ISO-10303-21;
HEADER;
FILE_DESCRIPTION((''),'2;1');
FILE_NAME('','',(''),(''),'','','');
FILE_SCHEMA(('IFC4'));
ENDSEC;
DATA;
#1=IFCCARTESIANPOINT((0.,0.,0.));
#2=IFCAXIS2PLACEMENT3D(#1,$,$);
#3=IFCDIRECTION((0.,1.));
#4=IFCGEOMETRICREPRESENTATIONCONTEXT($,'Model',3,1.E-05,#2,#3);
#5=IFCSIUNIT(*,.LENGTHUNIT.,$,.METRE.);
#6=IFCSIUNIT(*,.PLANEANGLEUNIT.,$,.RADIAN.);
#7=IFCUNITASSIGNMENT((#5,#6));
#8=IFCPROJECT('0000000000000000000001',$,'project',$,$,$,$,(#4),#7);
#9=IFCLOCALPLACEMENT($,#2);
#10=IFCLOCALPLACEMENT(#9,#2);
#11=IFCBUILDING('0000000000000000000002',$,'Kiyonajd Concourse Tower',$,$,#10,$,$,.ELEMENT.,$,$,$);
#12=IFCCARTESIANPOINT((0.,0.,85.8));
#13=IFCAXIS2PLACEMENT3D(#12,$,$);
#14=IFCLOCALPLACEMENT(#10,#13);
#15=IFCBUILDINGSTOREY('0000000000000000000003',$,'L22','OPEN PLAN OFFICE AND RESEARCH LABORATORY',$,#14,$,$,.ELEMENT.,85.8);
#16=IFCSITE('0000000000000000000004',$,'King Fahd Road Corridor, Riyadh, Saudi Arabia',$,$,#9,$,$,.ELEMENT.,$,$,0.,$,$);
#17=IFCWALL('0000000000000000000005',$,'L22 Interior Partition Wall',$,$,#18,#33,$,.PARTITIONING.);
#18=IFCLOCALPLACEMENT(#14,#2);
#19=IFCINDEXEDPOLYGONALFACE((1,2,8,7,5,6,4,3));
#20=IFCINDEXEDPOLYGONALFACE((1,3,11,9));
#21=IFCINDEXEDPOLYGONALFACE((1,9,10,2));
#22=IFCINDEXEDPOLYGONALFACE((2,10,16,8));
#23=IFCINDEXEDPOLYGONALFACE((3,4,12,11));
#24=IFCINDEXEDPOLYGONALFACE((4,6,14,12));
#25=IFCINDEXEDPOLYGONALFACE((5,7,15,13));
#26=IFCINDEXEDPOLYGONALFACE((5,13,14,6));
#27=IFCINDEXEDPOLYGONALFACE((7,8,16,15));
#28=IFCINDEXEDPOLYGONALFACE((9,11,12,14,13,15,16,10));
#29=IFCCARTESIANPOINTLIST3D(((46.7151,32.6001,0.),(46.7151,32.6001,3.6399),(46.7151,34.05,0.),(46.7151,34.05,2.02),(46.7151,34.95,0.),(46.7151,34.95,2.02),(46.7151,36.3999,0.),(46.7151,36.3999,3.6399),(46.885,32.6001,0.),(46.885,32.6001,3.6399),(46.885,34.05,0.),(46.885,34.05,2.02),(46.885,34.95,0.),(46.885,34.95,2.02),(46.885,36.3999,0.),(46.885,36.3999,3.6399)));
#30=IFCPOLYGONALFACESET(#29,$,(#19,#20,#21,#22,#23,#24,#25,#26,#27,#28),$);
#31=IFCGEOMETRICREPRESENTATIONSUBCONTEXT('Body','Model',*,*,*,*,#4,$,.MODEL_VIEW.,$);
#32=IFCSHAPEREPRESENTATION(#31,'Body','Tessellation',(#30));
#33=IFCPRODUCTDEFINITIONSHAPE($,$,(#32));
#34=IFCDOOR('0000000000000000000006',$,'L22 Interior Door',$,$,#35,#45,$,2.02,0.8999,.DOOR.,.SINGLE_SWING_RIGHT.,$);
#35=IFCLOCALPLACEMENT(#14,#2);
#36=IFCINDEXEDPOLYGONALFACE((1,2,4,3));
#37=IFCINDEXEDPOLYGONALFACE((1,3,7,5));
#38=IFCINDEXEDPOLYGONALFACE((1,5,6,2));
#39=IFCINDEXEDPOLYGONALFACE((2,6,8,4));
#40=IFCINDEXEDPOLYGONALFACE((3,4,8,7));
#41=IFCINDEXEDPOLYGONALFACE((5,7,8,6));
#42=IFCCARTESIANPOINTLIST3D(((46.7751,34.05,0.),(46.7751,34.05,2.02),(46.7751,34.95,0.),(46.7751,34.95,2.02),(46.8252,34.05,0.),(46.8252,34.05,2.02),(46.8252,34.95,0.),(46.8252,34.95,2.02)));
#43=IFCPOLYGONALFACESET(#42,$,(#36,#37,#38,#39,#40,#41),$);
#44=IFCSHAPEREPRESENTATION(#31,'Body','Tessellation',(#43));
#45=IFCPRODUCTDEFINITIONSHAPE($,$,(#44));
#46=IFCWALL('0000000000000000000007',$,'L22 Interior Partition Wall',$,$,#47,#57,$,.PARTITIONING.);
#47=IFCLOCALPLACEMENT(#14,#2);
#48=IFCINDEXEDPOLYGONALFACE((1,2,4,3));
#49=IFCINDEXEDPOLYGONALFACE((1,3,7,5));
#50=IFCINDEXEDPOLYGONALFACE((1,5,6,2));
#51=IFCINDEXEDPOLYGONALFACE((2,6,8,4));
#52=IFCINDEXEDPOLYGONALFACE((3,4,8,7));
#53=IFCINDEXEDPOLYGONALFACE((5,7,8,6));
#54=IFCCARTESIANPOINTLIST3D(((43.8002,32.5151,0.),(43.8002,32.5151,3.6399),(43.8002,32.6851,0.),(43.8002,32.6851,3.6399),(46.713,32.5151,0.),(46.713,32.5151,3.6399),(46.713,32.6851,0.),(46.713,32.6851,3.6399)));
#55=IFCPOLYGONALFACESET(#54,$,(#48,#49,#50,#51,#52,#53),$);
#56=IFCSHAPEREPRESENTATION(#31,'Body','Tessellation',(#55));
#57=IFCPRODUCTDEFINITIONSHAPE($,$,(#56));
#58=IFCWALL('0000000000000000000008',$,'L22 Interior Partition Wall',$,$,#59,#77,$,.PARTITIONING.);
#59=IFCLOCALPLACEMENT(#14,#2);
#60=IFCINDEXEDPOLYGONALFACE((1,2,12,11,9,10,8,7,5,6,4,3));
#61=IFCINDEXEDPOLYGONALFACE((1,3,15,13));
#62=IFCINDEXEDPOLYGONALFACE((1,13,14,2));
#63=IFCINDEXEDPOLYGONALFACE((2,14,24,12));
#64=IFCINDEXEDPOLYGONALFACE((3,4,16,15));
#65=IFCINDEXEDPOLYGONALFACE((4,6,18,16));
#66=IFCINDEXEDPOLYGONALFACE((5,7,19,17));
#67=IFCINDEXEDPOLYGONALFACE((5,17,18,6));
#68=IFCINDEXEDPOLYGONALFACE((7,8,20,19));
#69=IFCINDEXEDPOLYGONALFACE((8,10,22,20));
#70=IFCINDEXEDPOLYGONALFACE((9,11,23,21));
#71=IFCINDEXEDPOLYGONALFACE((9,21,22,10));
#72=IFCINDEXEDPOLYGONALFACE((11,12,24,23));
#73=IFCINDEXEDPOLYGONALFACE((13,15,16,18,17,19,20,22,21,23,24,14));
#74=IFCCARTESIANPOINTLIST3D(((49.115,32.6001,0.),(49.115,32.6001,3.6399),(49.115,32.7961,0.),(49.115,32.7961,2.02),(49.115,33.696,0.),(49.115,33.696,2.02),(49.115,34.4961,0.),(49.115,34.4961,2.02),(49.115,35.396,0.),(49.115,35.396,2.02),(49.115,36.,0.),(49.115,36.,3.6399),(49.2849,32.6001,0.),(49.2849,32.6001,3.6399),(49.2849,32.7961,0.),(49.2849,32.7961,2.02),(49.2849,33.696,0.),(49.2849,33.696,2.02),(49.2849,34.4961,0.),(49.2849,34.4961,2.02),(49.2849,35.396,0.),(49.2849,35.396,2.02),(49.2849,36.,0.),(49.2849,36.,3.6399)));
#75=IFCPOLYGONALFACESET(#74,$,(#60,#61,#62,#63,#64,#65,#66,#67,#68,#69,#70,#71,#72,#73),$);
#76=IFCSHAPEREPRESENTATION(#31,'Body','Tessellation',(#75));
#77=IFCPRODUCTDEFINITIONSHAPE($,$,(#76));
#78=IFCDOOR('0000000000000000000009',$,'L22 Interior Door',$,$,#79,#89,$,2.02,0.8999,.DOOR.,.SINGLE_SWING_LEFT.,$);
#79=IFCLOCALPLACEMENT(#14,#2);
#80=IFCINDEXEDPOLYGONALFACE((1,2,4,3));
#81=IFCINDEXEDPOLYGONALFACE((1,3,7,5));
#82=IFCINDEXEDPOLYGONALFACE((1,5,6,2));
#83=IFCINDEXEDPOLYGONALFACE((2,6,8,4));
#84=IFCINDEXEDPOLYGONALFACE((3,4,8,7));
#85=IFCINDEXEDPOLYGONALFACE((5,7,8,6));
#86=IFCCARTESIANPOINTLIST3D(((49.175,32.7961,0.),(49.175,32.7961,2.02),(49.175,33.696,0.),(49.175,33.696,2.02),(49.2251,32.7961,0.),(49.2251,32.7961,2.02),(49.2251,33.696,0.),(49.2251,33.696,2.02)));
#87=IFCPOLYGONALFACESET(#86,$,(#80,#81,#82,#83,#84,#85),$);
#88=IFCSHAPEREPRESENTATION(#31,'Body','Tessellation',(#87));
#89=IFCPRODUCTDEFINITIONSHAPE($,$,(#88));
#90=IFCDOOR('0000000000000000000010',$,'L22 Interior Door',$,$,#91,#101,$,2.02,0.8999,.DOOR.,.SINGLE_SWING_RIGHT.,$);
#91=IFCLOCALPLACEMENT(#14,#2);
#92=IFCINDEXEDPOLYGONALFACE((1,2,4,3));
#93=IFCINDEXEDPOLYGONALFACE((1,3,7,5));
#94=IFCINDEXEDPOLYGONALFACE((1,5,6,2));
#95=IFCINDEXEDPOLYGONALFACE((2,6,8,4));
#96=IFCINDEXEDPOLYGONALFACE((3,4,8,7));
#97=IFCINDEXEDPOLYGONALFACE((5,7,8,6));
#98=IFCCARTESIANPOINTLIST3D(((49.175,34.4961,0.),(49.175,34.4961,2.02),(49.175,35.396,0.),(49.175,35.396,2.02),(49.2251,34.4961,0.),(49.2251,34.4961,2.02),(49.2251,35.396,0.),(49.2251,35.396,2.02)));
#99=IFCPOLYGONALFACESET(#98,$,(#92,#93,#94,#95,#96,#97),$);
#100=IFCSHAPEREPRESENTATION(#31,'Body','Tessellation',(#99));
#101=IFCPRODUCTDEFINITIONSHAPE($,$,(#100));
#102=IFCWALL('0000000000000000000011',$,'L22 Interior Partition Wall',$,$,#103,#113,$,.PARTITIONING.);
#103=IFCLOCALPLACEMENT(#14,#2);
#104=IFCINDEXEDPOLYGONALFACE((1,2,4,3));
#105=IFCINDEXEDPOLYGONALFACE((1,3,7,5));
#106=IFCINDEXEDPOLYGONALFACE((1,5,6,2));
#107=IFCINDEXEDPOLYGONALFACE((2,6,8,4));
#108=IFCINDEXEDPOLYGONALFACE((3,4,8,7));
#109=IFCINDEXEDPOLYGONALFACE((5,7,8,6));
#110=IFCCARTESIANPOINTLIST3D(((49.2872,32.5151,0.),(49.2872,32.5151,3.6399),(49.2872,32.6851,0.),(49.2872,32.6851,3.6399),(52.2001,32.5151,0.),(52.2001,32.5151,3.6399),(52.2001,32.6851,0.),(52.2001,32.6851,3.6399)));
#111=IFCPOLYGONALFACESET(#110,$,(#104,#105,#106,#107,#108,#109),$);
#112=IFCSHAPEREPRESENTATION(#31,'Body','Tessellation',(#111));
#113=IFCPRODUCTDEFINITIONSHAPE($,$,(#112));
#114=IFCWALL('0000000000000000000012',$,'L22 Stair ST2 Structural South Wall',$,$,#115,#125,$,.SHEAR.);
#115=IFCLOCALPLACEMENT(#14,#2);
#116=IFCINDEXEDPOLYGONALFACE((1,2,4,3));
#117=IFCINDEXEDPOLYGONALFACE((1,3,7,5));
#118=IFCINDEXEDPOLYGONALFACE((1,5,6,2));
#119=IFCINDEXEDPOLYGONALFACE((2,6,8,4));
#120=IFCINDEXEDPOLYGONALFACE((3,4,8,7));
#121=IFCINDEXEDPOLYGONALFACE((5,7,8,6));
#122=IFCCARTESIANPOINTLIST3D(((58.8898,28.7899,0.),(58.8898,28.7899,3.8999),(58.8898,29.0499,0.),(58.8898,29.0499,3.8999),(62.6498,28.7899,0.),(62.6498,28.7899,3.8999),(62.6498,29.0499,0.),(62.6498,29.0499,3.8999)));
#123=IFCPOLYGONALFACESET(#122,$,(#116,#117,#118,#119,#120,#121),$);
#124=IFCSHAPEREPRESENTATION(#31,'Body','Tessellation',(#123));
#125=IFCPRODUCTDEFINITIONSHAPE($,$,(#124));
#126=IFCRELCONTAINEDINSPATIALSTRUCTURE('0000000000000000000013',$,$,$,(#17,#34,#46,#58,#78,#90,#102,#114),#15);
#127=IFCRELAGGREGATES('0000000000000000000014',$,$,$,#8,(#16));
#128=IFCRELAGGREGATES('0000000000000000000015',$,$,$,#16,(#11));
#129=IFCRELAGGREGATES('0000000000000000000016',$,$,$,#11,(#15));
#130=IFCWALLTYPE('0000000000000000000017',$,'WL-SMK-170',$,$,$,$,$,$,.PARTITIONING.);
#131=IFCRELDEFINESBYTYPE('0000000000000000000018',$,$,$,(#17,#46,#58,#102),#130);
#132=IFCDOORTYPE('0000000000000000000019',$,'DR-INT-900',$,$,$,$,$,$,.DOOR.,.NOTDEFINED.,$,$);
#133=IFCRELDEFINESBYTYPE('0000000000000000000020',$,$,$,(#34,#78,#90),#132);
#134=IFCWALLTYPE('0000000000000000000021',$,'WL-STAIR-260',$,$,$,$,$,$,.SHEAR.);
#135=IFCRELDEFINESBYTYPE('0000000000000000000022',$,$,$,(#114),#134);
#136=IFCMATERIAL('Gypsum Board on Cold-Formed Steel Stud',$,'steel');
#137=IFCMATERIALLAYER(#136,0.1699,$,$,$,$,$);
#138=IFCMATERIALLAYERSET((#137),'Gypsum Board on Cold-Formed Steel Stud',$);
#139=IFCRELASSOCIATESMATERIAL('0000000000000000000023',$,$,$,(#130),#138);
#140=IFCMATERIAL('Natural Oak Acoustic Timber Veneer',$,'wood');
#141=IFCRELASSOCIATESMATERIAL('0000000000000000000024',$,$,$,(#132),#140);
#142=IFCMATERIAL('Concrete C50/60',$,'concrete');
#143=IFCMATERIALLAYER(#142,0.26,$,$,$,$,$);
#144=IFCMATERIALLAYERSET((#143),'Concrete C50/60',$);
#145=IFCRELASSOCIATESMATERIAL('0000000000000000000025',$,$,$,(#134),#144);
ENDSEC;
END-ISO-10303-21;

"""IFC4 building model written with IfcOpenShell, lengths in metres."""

from ifc_helpers import new_model, si_unit, direction, frame, frame_2d, origin, place, context, subcontext, project, spatial, rectangle, extrude, material, layer, layer_set, type_object, element, fill, save


model = new_model("IFC4")

# Units and contexts
model_context = context("Model", 3, precision=1e-05, world=origin(), true_north=direction((0.0, 1.0)))
body_context = subcontext(model_context, "Body", "Model", "MODEL_VIEW")
ifc_project = project(units=[si_unit("LENGTHUNIT", "METRE"), si_unit("PLANEANGLEUNIT", "RADIAN")], contexts=[model_context])

# Site, building, storey
site_placement = place(None, origin())
site = spatial("IfcSite", under=ifc_project, at=site_placement, Name="King Fahd Road Corridor, Riyadh, Saudi Arabia", CompositionType="ELEMENT", RefElevation=0.0)
building_placement = place(site_placement, origin())
building = spatial("IfcBuilding", under=site, at=building_placement, Name="Kiyonajd Concourse Tower", CompositionType="ELEMENT")
storey_placement = place(building_placement, frame((0.0, 0.0, 85.8)))
storey = spatial("IfcBuildingStorey", under=building, at=storey_placement, Name="L22", Description="OPEN PLAN OFFICE AND RESEARCH LABORATORY", CompositionType="ELEMENT", Elevation=85.8)

# Shared definitions
ifc_material_1 = material(Name="Gypsum Board on Cold-Formed Steel Stud", Category="steel")

# Wall, opening, door
ifc_layer_1 = layer(ifc_material_1, 0.1699)
ifc_layer_set_1 = layer_set([ifc_layer_1], Name="Gypsum Board on Cold-Formed Steel Stud")
wall_type_1 = type_object("IfcWallType", Name="WL-SMK-170", PredefinedType="PARTITIONING", material=ifc_layer_set_1)
wall_1_placement = place(storey_placement, frame((46.8, 32.6001, 0.0), z_axis=(0.0, 0.0, 1.0), x_axis=(0.0, 1.0, 0.0)))
wall_1 = element("IfcWall", 1, at=wall_1_placement, inside=storey, type_object=wall_type_1, Name="L22 Interior Partition Wall", PredefinedType="PARTITIONING", context=body_context, shape_type="SweptSolid", body=[
    extrude(rectangle(XDim=3.7998, YDim=0.1699, at=frame_2d((1.8999, 0.0))), origin(), (0.0, 0.0, 1.0), 3.6399),
])
opening_1_placement = place(wall_1_placement, frame((1.45, 0.0, 0.0)))
opening_1 = element("IfcOpeningElement", 2, at=opening_1_placement, cuts=wall_1, PredefinedType="OPENING", context=body_context, shape_type="SweptSolid", body=[
    extrude(rectangle(XDim=0.8999, YDim=2.02, at=frame_2d((0.45, 1.01))), frame((0.0, 0.095, 0.0), z_axis=(0.0, -1.0, 0.0), x_axis=(1.0, 0.0, 0.0)), (0.0, 0.0, 1.0), 0.1899),
])
ifc_material_2 = material(Name="Natural Oak Acoustic Timber Veneer", Category="wood")
door_type_1 = type_object("IfcDoorType", Name="DR-INT-900", OperationType="NOTDEFINED", PredefinedType="DOOR", material=ifc_material_2)
door_1_placement = place(opening_1_placement, origin())
door_1 = element("IfcDoor", 3, at=door_1_placement, inside=storey, type_object=door_type_1, Name="L22 Interior Door", OperationType="SINGLE_SWING_RIGHT", OverallHeight=2.02, OverallWidth=0.8999, PredefinedType="DOOR", context=body_context, shape_type="SweptSolid", body=[
    extrude(rectangle(XDim=0.8999, YDim=2.02, at=frame_2d((0.45, 1.01))), frame((0.0, 0.0249, 0.0), z_axis=(0.0, -1.0, 0.0), x_axis=(1.0, 0.0, 0.0)), (0.0, 0.0, 1.0), 0.05),
])
fill(opening_1, door_1)

# Wall
wall_2_placement = place(storey_placement, frame((43.8, 32.6001, 0.0), z_axis=(0.0, 0.0, 1.0), x_axis=(1.0, 0.0, 0.0)))
element("IfcWall", 4, at=wall_2_placement, inside=storey, type_object=wall_type_1, Name="L22 Interior Partition Wall", PredefinedType="PARTITIONING", context=body_context, shape_type="SweptSolid", body=[
    extrude(rectangle(XDim=2.9128, YDim=0.1699, at=frame_2d((1.4565, 0.0))), origin(), (0.0, 0.0, 1.0), 3.6399),
])

# Wall, openings, doors
wall_3_placement = place(storey_placement, frame((49.2, 32.6001, 0.0), z_axis=(0.0, 0.0, 1.0), x_axis=(0.0, 1.0, 0.0)))
wall_3 = element("IfcWall", 5, at=wall_3_placement, inside=storey, type_object=wall_type_1, Name="L22 Interior Partition Wall", PredefinedType="PARTITIONING", context=body_context, shape_type="SweptSolid", body=[
    extrude(rectangle(XDim=3.3999, YDim=0.1699, at=frame_2d((1.7, 0.0))), origin(), (0.0, 0.0, 1.0), 3.6399),
])
opening_2_placement = place(wall_3_placement, frame((0.196, 0.0, 0.0)))
opening_2 = element("IfcOpeningElement", 6, at=opening_2_placement, cuts=wall_3, PredefinedType="OPENING", context=body_context, shape_type="SweptSolid", body=[
    extrude(rectangle(XDim=0.8999, YDim=2.02, at=frame_2d((0.45, 1.01))), frame((0.0, 0.095, 0.0), z_axis=(0.0, -1.0, 0.0), x_axis=(1.0, 0.0, 0.0)), (0.0, 0.0, 1.0), 0.1899),
])
opening_3_placement = place(wall_3_placement, frame((1.896, 0.0, 0.0)))
opening_3 = element("IfcOpeningElement", 7, at=opening_3_placement, cuts=wall_3, PredefinedType="OPENING", context=body_context, shape_type="SweptSolid", body=[
    extrude(rectangle(XDim=0.8999, YDim=2.02, at=frame_2d((0.45, 1.01))), frame((0.0, 0.095, 0.0), z_axis=(0.0, -1.0, 0.0), x_axis=(1.0, 0.0, 0.0)), (0.0, 0.0, 1.0), 0.1899),
])
door_2_placement = place(opening_2_placement, origin())
door_2 = element("IfcDoor", 8, at=door_2_placement, inside=storey, type_object=door_type_1, Name="L22 Interior Door", OperationType="SINGLE_SWING_LEFT", OverallHeight=2.02, OverallWidth=0.8999, PredefinedType="DOOR", context=body_context, shape_type="SweptSolid", body=[
    extrude(rectangle(XDim=0.8999, YDim=2.02, at=frame_2d((0.45, 1.01))), frame((0.0, 0.0249, 0.0), z_axis=(0.0, -1.0, 0.0), x_axis=(1.0, 0.0, 0.0)), (0.0, 0.0, 1.0), 0.05),
])
fill(opening_2, door_2)
door_3_placement = place(opening_3_placement, origin())
door_3 = element("IfcDoor", 9, at=door_3_placement, inside=storey, type_object=door_type_1, Name="L22 Interior Door", OperationType="SINGLE_SWING_RIGHT", OverallHeight=2.02, OverallWidth=0.8999, PredefinedType="DOOR", context=body_context, shape_type="SweptSolid", body=[
    extrude(rectangle(XDim=0.8999, YDim=2.02, at=frame_2d((0.45, 1.01))), frame((0.0, 0.0249, 0.0), z_axis=(0.0, -1.0, 0.0), x_axis=(1.0, 0.0, 0.0)), (0.0, 0.0, 1.0), 0.05),
])
fill(opening_3, door_3)

# Walls
wall_4_placement = place(storey_placement, frame((49.2871, 32.6001, 0.0), z_axis=(0.0, 0.0, 1.0), x_axis=(1.0, 0.0, 0.0)))
element("IfcWall", 10, at=wall_4_placement, inside=storey, type_object=wall_type_1, Name="L22 Interior Partition Wall", PredefinedType="PARTITIONING", context=body_context, shape_type="SweptSolid", body=[
    extrude(rectangle(XDim=2.9128, YDim=0.1699, at=frame_2d((1.4565, 0.0))), origin(), (0.0, 0.0, 1.0), 3.6399),
])
ifc_material_3 = material(Name="Concrete C50/60", Category="concrete")
ifc_layer_2 = layer(ifc_material_3, 0.26)
ifc_layer_set_2 = layer_set([ifc_layer_2], Name="Concrete C50/60")
wall_type_2 = type_object("IfcWallType", Name="WL-STAIR-260", PredefinedType="SHEAR", material=ifc_layer_set_2)
wall_5_placement = place(storey_placement, frame((58.8899, 28.9199, 0.0), z_axis=(0.0, 0.0, 1.0), x_axis=(1.0, 0.0, 0.0)))
element("IfcWall", 11, at=wall_5_placement, inside=storey, type_object=wall_type_2, Name="L22 Stair ST2 Structural South Wall", PredefinedType="SHEAR", context=body_context, shape_type="SweptSolid", body=[
    extrude(rectangle(XDim=3.76, YDim=0.26, at=frame_2d((1.8799, 0.0))), origin(), (0.0, 0.0, 1.0), 3.8999),
])

save(model, "model.ifc")
